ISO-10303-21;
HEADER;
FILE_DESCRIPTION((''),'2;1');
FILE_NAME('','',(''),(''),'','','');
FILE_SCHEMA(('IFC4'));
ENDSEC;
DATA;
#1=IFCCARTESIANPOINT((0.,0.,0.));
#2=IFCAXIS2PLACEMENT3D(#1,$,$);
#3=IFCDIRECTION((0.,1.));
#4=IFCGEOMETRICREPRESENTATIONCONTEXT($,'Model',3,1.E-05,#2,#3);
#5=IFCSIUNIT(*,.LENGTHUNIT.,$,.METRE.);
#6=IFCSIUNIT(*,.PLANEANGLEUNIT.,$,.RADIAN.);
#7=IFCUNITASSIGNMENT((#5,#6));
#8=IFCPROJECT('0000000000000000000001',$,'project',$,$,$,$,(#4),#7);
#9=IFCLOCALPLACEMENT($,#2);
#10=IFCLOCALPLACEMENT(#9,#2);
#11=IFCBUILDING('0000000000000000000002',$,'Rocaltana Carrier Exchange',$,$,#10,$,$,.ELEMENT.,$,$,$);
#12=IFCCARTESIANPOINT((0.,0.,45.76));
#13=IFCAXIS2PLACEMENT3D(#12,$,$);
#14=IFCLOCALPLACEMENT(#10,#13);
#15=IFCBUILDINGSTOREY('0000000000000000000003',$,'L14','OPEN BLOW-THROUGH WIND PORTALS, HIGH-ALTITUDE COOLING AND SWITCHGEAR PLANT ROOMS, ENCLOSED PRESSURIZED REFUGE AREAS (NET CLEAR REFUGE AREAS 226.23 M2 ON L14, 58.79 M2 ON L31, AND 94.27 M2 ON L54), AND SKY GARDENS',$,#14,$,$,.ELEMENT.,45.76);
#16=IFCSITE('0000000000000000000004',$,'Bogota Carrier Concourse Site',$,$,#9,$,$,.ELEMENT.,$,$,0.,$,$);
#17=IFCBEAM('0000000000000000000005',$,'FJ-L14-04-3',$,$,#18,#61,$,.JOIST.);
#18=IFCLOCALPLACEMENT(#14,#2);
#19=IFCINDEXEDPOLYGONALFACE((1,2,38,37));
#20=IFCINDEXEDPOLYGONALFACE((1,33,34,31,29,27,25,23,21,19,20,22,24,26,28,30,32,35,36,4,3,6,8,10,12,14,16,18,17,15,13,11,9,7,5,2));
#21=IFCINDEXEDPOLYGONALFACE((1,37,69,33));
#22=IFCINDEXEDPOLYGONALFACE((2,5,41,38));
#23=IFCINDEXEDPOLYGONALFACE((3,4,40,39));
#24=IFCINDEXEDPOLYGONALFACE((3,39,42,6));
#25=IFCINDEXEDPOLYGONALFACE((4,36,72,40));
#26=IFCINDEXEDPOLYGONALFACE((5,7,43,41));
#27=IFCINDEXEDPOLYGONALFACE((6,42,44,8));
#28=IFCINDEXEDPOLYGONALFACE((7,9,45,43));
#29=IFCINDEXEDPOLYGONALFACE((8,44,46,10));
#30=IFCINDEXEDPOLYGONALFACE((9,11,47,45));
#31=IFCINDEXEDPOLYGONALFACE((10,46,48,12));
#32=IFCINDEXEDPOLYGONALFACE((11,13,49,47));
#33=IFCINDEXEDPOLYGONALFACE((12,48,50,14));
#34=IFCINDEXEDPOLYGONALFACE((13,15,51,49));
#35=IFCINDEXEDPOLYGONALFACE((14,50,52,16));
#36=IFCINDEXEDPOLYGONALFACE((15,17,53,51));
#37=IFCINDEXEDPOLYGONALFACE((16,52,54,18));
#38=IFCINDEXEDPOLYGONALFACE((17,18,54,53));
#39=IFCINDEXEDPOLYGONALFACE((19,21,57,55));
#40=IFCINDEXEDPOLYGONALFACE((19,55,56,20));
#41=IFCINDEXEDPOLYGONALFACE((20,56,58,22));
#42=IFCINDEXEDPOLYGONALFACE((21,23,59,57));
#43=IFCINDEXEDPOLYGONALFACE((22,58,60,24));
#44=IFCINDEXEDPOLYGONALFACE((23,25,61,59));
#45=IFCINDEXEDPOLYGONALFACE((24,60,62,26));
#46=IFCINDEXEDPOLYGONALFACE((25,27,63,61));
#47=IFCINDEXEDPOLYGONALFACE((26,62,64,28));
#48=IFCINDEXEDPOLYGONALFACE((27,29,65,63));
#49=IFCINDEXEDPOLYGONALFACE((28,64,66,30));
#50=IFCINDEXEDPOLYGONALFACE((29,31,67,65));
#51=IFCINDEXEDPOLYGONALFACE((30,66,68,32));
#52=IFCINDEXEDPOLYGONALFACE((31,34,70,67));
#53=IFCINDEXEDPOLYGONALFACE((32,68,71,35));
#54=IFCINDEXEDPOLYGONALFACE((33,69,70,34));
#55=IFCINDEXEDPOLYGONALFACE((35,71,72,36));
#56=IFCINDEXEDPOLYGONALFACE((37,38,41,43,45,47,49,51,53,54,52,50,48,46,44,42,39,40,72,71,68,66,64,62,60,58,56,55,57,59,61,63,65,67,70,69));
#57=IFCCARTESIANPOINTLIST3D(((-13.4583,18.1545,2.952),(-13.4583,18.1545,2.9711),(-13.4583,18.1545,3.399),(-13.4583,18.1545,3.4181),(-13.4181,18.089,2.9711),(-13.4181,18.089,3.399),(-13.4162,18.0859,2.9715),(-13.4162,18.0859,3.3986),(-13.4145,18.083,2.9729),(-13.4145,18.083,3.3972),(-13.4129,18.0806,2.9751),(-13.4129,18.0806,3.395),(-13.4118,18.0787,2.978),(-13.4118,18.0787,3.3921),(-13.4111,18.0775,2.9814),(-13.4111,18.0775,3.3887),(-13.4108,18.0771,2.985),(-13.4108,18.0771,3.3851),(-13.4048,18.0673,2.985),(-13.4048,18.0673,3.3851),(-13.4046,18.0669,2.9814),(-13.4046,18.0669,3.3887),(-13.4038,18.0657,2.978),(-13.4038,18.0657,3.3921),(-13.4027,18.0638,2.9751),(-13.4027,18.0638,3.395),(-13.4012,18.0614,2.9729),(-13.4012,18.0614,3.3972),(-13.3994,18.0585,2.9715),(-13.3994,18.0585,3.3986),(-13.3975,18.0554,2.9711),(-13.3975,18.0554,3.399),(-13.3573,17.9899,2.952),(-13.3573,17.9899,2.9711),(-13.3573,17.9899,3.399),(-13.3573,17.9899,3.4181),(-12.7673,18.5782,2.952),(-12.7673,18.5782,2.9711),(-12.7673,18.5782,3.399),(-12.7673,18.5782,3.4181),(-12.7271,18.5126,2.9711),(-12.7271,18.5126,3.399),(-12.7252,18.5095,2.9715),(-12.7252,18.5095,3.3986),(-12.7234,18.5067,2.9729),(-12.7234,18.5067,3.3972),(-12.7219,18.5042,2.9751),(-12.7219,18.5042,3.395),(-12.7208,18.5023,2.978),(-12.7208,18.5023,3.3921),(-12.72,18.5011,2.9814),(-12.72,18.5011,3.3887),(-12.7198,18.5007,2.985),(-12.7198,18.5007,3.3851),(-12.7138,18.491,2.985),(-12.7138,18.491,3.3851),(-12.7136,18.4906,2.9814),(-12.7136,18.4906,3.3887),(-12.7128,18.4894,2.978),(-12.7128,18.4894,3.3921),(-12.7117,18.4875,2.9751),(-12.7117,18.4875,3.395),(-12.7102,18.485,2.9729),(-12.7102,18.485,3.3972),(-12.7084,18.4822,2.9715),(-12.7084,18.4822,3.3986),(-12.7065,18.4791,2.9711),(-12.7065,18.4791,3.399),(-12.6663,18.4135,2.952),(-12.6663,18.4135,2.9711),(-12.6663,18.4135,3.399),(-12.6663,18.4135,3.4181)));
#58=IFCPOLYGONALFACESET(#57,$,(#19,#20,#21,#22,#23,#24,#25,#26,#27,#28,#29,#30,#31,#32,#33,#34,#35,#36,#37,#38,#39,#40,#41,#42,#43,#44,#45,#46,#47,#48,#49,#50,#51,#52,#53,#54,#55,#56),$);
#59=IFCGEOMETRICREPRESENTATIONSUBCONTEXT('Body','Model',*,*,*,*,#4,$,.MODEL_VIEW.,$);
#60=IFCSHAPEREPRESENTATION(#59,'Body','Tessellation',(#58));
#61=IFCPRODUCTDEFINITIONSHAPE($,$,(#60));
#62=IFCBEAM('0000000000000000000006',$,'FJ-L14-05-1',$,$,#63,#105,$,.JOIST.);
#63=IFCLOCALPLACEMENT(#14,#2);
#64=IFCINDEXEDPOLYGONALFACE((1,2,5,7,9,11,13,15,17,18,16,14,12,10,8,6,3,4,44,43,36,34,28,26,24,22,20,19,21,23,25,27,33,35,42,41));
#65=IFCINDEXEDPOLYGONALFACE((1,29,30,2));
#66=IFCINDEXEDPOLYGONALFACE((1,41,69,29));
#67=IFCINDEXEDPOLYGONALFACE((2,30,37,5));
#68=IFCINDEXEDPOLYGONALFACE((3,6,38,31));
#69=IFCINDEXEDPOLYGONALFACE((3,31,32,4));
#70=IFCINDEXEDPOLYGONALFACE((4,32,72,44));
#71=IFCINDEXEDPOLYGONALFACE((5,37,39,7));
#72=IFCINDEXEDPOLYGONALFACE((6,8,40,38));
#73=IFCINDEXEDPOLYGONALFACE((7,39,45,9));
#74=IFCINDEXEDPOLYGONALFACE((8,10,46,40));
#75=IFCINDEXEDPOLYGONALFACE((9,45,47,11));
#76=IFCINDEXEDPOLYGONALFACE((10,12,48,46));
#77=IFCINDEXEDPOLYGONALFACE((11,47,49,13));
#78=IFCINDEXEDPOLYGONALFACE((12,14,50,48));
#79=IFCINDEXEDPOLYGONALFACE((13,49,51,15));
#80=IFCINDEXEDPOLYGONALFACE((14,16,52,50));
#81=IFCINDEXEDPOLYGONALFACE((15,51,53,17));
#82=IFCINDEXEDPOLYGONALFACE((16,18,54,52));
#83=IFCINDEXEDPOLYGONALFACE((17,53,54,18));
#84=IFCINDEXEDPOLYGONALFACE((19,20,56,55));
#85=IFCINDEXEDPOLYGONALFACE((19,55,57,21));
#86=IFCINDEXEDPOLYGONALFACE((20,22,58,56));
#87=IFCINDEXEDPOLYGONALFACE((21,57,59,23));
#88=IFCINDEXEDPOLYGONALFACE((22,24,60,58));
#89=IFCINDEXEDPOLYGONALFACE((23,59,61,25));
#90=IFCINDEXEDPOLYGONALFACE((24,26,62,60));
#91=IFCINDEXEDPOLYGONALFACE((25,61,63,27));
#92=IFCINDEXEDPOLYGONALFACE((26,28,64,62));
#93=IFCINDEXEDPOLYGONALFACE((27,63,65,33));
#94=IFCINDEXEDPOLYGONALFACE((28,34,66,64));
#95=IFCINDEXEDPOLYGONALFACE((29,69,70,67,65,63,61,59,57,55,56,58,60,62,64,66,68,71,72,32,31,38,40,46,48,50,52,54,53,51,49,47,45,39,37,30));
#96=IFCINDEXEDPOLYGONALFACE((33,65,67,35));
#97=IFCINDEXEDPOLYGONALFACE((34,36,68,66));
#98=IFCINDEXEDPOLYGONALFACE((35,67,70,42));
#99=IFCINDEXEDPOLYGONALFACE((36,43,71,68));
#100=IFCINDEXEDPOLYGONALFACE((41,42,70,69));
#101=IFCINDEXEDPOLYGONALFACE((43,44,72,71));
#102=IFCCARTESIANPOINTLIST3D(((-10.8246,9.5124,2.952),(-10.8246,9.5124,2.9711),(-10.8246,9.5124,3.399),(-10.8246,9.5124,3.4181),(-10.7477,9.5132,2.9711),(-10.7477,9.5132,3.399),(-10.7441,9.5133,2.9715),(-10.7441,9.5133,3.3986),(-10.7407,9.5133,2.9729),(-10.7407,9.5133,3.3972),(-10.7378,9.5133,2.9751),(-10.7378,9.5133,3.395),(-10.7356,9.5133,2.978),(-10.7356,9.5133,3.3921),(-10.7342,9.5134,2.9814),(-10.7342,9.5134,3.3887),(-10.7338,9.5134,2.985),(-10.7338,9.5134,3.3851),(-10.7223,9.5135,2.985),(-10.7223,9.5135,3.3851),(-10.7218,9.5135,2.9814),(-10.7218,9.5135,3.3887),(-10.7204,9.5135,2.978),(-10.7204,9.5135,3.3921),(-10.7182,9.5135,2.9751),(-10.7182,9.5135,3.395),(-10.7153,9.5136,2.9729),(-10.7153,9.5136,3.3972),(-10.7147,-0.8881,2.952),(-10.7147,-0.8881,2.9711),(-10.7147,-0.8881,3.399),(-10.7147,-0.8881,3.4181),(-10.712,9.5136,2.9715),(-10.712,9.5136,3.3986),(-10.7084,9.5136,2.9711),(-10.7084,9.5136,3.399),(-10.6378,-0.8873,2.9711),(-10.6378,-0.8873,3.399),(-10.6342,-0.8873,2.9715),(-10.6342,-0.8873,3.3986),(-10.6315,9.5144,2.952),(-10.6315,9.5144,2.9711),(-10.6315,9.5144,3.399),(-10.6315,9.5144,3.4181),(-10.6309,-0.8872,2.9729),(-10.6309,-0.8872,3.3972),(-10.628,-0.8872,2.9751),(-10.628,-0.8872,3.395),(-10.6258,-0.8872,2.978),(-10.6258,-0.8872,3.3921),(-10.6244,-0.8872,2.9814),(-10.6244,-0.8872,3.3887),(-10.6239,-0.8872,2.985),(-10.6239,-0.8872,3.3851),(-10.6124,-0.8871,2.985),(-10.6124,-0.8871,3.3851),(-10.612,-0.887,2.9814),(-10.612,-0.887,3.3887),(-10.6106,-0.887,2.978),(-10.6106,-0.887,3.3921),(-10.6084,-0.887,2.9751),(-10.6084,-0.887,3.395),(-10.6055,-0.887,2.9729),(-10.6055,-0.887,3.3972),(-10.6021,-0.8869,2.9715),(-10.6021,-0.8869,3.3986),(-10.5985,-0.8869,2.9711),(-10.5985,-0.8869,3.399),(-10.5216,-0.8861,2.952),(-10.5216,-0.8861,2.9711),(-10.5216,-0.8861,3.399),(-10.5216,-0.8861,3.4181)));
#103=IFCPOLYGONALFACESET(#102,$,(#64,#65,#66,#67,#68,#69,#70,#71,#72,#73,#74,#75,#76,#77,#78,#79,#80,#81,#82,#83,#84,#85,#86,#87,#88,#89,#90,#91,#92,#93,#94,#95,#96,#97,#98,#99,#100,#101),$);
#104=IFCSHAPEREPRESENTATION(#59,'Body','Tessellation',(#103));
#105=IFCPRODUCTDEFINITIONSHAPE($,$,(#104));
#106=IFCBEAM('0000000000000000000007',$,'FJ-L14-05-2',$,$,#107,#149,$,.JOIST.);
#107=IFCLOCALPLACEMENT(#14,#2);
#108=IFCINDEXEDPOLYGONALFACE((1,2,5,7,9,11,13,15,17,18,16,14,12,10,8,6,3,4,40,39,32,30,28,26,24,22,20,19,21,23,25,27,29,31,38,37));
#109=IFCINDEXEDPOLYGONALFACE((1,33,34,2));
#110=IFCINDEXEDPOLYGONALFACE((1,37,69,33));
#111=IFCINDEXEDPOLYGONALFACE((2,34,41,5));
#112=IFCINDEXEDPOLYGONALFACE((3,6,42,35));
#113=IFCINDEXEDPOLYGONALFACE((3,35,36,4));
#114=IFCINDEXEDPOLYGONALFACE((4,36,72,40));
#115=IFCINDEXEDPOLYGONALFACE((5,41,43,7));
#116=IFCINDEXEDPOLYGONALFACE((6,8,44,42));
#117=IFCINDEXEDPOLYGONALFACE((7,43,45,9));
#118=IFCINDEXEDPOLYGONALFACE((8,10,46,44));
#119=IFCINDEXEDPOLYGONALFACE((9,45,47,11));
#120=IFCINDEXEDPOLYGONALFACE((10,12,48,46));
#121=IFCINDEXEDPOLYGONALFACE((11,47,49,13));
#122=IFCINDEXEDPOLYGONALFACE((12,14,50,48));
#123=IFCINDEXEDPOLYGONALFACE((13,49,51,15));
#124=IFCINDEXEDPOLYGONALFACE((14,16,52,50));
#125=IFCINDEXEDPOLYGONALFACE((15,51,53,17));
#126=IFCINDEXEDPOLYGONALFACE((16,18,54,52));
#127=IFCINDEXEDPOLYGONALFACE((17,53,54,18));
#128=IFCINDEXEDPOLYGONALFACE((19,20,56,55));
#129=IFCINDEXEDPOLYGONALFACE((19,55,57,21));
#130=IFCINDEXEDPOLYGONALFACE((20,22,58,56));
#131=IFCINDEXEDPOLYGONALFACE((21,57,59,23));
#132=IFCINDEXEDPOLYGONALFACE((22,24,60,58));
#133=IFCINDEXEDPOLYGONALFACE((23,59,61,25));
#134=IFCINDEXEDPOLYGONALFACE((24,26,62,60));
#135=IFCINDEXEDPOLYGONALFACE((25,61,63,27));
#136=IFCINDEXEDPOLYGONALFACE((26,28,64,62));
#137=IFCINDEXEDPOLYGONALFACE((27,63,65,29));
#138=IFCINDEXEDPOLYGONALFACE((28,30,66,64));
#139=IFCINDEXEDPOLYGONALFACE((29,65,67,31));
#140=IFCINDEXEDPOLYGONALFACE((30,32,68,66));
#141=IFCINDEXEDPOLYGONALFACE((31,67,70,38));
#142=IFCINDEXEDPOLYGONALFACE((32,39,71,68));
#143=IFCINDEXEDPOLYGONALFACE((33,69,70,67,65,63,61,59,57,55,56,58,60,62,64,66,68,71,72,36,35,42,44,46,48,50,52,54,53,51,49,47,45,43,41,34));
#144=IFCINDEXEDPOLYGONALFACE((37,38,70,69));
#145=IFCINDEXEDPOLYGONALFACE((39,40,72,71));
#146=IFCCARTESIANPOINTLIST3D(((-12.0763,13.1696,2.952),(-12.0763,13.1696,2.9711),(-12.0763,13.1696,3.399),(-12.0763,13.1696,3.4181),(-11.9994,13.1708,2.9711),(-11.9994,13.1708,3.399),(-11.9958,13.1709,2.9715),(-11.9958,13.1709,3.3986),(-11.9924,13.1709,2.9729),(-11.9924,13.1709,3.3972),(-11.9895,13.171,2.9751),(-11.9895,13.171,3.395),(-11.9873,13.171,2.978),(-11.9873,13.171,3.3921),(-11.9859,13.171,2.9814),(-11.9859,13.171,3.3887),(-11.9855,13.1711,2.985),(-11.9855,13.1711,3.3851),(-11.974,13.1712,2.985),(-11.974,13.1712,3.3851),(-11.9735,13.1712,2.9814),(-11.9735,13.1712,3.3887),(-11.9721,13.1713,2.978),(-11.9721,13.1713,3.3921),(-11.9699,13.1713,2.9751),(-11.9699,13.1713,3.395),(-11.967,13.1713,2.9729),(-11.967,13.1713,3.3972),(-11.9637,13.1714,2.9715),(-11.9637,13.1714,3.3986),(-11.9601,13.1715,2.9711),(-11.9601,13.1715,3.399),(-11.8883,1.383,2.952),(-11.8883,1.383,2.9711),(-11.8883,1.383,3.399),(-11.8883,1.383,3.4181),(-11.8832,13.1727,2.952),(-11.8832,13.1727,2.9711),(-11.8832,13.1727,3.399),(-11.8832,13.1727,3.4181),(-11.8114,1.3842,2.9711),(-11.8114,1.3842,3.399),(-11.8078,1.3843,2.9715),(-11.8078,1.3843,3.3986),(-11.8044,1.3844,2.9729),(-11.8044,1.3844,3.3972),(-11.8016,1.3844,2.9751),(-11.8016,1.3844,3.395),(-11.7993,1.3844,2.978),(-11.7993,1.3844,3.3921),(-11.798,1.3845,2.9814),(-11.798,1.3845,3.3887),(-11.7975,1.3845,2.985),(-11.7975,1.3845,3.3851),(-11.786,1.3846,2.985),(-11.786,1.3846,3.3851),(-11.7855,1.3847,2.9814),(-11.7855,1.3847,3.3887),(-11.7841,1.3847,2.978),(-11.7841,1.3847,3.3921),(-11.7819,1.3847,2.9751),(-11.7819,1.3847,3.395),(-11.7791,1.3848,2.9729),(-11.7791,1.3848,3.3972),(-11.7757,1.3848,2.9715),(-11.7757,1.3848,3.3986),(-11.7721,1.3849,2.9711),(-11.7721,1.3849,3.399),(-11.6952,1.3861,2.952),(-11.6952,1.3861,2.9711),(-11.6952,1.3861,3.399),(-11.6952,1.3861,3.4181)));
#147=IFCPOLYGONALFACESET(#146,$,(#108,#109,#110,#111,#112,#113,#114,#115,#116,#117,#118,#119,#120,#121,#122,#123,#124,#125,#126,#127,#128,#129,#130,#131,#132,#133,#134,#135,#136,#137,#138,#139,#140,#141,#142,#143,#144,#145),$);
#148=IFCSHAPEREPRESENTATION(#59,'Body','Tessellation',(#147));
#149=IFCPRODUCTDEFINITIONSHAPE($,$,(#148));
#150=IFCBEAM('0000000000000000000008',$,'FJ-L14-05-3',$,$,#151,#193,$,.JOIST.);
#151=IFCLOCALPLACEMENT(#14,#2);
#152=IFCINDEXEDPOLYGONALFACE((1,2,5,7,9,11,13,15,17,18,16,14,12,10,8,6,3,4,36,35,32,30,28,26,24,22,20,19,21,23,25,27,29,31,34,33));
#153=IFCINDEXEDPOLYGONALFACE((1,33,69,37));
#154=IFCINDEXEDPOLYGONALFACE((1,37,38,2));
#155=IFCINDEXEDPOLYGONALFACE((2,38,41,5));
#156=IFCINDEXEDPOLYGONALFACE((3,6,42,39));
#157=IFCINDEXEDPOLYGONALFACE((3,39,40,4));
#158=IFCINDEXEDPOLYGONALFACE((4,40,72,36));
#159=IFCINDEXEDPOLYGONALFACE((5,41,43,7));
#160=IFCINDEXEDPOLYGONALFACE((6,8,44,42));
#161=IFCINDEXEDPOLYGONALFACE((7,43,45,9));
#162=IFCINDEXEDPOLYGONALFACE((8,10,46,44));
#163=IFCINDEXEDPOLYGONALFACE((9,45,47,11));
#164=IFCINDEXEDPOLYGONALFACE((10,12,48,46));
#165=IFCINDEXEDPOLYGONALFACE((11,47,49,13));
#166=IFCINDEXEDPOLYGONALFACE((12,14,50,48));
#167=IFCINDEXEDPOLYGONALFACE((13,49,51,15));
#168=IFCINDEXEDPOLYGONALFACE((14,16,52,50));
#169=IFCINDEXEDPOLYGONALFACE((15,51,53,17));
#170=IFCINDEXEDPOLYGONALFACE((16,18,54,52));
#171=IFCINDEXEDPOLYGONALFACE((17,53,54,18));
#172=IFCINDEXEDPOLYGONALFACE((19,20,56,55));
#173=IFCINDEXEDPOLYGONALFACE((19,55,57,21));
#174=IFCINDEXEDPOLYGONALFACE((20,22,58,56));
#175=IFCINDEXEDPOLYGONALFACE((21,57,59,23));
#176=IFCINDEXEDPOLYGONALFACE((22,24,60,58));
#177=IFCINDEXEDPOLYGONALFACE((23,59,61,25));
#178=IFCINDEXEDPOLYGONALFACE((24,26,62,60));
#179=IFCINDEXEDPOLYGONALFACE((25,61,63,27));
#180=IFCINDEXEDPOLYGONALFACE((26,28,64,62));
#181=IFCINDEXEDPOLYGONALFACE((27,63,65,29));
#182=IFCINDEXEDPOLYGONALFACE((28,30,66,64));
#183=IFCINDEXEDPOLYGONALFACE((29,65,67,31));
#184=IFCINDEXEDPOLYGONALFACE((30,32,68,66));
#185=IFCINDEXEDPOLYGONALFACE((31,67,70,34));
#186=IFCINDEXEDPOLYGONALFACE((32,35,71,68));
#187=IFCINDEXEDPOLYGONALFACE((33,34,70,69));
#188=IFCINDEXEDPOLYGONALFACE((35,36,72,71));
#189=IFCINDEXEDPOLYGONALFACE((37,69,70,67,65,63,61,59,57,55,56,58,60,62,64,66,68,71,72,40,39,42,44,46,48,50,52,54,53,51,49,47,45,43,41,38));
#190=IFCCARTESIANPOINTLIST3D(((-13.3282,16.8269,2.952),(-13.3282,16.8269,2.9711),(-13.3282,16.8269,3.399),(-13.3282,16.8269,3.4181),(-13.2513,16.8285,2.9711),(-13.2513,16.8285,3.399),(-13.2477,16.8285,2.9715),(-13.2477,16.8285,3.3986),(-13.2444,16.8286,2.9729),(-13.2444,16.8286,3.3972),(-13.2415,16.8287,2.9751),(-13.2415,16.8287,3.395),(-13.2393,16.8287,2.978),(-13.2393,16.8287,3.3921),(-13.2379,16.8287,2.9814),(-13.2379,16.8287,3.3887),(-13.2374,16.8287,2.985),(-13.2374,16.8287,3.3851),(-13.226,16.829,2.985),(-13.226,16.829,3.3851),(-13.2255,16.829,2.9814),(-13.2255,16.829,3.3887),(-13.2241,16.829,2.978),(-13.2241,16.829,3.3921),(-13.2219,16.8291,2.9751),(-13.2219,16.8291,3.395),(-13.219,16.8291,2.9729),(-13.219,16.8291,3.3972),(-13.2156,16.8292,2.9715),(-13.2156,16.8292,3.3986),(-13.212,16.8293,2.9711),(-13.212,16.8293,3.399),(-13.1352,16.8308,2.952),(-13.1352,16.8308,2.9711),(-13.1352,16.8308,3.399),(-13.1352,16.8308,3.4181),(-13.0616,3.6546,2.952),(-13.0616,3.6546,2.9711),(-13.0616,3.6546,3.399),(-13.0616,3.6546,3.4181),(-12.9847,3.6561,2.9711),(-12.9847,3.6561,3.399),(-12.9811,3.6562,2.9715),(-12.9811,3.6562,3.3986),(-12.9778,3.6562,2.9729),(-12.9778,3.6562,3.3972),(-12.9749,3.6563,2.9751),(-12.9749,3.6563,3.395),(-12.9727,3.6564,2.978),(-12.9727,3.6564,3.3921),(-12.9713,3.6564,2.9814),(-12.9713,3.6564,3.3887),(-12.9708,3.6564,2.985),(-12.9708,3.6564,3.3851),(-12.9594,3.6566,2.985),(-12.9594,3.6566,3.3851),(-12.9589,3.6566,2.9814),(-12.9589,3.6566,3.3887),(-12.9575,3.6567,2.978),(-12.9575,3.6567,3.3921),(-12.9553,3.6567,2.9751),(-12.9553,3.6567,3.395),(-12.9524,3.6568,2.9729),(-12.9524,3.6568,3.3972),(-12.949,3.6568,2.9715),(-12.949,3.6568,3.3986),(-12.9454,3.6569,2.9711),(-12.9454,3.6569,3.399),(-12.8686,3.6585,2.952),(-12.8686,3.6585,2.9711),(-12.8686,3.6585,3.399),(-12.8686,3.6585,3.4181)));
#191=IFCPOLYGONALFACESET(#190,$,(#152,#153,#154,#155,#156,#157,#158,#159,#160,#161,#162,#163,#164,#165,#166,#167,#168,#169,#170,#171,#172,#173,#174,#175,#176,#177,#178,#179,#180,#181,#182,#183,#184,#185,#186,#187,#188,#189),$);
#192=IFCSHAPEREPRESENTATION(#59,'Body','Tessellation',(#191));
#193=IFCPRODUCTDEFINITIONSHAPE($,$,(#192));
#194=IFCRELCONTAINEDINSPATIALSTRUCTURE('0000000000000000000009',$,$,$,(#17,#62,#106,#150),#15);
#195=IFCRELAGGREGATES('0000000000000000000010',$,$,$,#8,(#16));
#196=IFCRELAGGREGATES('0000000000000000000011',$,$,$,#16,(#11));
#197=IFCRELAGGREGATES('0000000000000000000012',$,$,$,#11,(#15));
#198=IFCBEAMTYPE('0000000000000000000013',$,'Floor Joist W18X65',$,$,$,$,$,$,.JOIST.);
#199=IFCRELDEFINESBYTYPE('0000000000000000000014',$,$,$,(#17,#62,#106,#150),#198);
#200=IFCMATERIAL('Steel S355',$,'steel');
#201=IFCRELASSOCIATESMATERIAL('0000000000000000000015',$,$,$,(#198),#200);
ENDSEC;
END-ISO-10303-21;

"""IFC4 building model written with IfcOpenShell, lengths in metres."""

from ifc_helpers import new_model, si_unit, direction, frame, origin, origin_2d, place, context, subcontext, project, spatial, i_section, extrude, material, material_profile, profile_set, type_object, element, save


model = new_model("IFC4")

# Units and contexts
model_context = context("Model", 3, precision=1e-05, world=origin(), true_north=direction((0.0, 1.0)))
body_context = subcontext(model_context, "Body", "Model", "MODEL_VIEW")
ifc_project = project(units=[si_unit("LENGTHUNIT", "METRE"), si_unit("PLANEANGLEUNIT", "RADIAN")], contexts=[model_context])

# Site, building, storey
site_placement = place(None, origin())
site = spatial("IfcSite", under=ifc_project, at=site_placement, Name="Bogota Carrier Concourse Site", CompositionType="ELEMENT", RefElevation=0.0)
building_placement = place(site_placement, origin())
building = spatial("IfcBuilding", under=site, at=building_placement, Name="Rocaltana Carrier Exchange", CompositionType="ELEMENT")
storey_placement = place(building_placement, frame((0.0, 0.0, 45.76)))
storey = spatial("IfcBuildingStorey", under=building, at=storey_placement, Name="L14", Description="OPEN BLOW-THROUGH WIND PORTALS, HIGH-ALTITUDE COOLING AND SWITCHGEAR PLANT ROOMS, ENCLOSED PRESSURIZED REFUGE AREAS (NET CLEAR REFUGE AREAS 226.23 M2 ON L14, 58.79 M2 ON L31, AND 94.27 M2 ON L54), AND SKY GARDENS", CompositionType="ELEMENT", Elevation=45.76)

# Beams
ifc_material_1 = material(Name="Steel S355", Category="steel")
ifc_material_profile_1 = material_profile(ifc_material_1, i_section(OverallWidth=0.1931, OverallDepth=0.4661, WebThickness=0.0115, FlangeThickness=0.019, FilletRadius=0.0139, at=origin_2d()), Name="W18X65")
ifc_profile_set_1 = profile_set([ifc_material_profile_1], Name="Steel S355")
beam_type_1 = type_object("IfcBeamType", Name="Floor Joist W18X65", PredefinedType="JOIST", material=ifc_profile_set_1)
beam_1_placement = place(storey_placement, frame((-12.7168, 18.4958, 3.1851), z_axis=(-0.852536, -0.522668, 0.0), x_axis=(0.522668, -0.852536, 0.0)))
element("IfcBeam", 1, at=beam_1_placement, inside=storey, type_object=beam_type_1, Name="FJ-L14-04-3", PredefinedType="JOIST", context=body_context, shape_type="SweptSolid", body=[
    extrude(i_section(OverallWidth=0.1931, OverallDepth=0.4661, WebThickness=0.0115, FlangeThickness=0.019, FilletRadius=0.0139, at=origin_2d()), origin(), (0.0, 0.0, 1.0), 0.8105),
])
beam_2_placement = place(storey_placement, frame((-10.728, 9.5134, 3.1851), z_axis=(0.010563, -0.999944, 0.0), x_axis=(0.999944, 0.010563, 0.0)))
element("IfcBeam", 2, at=beam_2_placement, inside=storey, type_object=beam_type_1, Name="FJ-L14-05-1", PredefinedType="JOIST", context=body_context, shape_type="SweptSolid", body=[
    extrude(i_section(OverallWidth=0.1931, OverallDepth=0.4661, WebThickness=0.0115, FlangeThickness=0.019, FilletRadius=0.0139, at=origin_2d()), origin(), (0.0, 0.0, 1.0), 10.4011),
])
beam_3_placement = place(storey_placement, frame((-11.9797, 13.1711, 3.1851), z_axis=(0.015947, -0.999873, 0.0), x_axis=(0.999873, 0.015947, 0.0)))
element("IfcBeam", 3, at=beam_3_placement, inside=storey, type_object=beam_type_1, Name="FJ-L14-05-2", PredefinedType="JOIST", context=body_context, shape_type="SweptSolid", body=[
    extrude(i_section(OverallWidth=0.1931, OverallDepth=0.4661, WebThickness=0.0115, FlangeThickness=0.019, FilletRadius=0.0139, at=origin_2d()), origin(), (0.0, 0.0, 1.0), 11.7881),
])
beam_4_placement = place(storey_placement, frame((-13.2317, 16.8289, 3.1851), z_axis=(0.020235, -0.999795, 0.0), x_axis=(0.999795, 0.020235, 0.0)))
element("IfcBeam", 4, at=beam_4_placement, inside=storey, type_object=beam_type_1, Name="FJ-L14-05-3", PredefinedType="JOIST", context=body_context, shape_type="SweptSolid", body=[
    extrude(i_section(OverallWidth=0.1931, OverallDepth=0.4661, WebThickness=0.0115, FlangeThickness=0.019, FilletRadius=0.0139, at=origin_2d()), origin(), (0.0, 0.0, 1.0), 13.175),
])

save(model, "model.ifc")
